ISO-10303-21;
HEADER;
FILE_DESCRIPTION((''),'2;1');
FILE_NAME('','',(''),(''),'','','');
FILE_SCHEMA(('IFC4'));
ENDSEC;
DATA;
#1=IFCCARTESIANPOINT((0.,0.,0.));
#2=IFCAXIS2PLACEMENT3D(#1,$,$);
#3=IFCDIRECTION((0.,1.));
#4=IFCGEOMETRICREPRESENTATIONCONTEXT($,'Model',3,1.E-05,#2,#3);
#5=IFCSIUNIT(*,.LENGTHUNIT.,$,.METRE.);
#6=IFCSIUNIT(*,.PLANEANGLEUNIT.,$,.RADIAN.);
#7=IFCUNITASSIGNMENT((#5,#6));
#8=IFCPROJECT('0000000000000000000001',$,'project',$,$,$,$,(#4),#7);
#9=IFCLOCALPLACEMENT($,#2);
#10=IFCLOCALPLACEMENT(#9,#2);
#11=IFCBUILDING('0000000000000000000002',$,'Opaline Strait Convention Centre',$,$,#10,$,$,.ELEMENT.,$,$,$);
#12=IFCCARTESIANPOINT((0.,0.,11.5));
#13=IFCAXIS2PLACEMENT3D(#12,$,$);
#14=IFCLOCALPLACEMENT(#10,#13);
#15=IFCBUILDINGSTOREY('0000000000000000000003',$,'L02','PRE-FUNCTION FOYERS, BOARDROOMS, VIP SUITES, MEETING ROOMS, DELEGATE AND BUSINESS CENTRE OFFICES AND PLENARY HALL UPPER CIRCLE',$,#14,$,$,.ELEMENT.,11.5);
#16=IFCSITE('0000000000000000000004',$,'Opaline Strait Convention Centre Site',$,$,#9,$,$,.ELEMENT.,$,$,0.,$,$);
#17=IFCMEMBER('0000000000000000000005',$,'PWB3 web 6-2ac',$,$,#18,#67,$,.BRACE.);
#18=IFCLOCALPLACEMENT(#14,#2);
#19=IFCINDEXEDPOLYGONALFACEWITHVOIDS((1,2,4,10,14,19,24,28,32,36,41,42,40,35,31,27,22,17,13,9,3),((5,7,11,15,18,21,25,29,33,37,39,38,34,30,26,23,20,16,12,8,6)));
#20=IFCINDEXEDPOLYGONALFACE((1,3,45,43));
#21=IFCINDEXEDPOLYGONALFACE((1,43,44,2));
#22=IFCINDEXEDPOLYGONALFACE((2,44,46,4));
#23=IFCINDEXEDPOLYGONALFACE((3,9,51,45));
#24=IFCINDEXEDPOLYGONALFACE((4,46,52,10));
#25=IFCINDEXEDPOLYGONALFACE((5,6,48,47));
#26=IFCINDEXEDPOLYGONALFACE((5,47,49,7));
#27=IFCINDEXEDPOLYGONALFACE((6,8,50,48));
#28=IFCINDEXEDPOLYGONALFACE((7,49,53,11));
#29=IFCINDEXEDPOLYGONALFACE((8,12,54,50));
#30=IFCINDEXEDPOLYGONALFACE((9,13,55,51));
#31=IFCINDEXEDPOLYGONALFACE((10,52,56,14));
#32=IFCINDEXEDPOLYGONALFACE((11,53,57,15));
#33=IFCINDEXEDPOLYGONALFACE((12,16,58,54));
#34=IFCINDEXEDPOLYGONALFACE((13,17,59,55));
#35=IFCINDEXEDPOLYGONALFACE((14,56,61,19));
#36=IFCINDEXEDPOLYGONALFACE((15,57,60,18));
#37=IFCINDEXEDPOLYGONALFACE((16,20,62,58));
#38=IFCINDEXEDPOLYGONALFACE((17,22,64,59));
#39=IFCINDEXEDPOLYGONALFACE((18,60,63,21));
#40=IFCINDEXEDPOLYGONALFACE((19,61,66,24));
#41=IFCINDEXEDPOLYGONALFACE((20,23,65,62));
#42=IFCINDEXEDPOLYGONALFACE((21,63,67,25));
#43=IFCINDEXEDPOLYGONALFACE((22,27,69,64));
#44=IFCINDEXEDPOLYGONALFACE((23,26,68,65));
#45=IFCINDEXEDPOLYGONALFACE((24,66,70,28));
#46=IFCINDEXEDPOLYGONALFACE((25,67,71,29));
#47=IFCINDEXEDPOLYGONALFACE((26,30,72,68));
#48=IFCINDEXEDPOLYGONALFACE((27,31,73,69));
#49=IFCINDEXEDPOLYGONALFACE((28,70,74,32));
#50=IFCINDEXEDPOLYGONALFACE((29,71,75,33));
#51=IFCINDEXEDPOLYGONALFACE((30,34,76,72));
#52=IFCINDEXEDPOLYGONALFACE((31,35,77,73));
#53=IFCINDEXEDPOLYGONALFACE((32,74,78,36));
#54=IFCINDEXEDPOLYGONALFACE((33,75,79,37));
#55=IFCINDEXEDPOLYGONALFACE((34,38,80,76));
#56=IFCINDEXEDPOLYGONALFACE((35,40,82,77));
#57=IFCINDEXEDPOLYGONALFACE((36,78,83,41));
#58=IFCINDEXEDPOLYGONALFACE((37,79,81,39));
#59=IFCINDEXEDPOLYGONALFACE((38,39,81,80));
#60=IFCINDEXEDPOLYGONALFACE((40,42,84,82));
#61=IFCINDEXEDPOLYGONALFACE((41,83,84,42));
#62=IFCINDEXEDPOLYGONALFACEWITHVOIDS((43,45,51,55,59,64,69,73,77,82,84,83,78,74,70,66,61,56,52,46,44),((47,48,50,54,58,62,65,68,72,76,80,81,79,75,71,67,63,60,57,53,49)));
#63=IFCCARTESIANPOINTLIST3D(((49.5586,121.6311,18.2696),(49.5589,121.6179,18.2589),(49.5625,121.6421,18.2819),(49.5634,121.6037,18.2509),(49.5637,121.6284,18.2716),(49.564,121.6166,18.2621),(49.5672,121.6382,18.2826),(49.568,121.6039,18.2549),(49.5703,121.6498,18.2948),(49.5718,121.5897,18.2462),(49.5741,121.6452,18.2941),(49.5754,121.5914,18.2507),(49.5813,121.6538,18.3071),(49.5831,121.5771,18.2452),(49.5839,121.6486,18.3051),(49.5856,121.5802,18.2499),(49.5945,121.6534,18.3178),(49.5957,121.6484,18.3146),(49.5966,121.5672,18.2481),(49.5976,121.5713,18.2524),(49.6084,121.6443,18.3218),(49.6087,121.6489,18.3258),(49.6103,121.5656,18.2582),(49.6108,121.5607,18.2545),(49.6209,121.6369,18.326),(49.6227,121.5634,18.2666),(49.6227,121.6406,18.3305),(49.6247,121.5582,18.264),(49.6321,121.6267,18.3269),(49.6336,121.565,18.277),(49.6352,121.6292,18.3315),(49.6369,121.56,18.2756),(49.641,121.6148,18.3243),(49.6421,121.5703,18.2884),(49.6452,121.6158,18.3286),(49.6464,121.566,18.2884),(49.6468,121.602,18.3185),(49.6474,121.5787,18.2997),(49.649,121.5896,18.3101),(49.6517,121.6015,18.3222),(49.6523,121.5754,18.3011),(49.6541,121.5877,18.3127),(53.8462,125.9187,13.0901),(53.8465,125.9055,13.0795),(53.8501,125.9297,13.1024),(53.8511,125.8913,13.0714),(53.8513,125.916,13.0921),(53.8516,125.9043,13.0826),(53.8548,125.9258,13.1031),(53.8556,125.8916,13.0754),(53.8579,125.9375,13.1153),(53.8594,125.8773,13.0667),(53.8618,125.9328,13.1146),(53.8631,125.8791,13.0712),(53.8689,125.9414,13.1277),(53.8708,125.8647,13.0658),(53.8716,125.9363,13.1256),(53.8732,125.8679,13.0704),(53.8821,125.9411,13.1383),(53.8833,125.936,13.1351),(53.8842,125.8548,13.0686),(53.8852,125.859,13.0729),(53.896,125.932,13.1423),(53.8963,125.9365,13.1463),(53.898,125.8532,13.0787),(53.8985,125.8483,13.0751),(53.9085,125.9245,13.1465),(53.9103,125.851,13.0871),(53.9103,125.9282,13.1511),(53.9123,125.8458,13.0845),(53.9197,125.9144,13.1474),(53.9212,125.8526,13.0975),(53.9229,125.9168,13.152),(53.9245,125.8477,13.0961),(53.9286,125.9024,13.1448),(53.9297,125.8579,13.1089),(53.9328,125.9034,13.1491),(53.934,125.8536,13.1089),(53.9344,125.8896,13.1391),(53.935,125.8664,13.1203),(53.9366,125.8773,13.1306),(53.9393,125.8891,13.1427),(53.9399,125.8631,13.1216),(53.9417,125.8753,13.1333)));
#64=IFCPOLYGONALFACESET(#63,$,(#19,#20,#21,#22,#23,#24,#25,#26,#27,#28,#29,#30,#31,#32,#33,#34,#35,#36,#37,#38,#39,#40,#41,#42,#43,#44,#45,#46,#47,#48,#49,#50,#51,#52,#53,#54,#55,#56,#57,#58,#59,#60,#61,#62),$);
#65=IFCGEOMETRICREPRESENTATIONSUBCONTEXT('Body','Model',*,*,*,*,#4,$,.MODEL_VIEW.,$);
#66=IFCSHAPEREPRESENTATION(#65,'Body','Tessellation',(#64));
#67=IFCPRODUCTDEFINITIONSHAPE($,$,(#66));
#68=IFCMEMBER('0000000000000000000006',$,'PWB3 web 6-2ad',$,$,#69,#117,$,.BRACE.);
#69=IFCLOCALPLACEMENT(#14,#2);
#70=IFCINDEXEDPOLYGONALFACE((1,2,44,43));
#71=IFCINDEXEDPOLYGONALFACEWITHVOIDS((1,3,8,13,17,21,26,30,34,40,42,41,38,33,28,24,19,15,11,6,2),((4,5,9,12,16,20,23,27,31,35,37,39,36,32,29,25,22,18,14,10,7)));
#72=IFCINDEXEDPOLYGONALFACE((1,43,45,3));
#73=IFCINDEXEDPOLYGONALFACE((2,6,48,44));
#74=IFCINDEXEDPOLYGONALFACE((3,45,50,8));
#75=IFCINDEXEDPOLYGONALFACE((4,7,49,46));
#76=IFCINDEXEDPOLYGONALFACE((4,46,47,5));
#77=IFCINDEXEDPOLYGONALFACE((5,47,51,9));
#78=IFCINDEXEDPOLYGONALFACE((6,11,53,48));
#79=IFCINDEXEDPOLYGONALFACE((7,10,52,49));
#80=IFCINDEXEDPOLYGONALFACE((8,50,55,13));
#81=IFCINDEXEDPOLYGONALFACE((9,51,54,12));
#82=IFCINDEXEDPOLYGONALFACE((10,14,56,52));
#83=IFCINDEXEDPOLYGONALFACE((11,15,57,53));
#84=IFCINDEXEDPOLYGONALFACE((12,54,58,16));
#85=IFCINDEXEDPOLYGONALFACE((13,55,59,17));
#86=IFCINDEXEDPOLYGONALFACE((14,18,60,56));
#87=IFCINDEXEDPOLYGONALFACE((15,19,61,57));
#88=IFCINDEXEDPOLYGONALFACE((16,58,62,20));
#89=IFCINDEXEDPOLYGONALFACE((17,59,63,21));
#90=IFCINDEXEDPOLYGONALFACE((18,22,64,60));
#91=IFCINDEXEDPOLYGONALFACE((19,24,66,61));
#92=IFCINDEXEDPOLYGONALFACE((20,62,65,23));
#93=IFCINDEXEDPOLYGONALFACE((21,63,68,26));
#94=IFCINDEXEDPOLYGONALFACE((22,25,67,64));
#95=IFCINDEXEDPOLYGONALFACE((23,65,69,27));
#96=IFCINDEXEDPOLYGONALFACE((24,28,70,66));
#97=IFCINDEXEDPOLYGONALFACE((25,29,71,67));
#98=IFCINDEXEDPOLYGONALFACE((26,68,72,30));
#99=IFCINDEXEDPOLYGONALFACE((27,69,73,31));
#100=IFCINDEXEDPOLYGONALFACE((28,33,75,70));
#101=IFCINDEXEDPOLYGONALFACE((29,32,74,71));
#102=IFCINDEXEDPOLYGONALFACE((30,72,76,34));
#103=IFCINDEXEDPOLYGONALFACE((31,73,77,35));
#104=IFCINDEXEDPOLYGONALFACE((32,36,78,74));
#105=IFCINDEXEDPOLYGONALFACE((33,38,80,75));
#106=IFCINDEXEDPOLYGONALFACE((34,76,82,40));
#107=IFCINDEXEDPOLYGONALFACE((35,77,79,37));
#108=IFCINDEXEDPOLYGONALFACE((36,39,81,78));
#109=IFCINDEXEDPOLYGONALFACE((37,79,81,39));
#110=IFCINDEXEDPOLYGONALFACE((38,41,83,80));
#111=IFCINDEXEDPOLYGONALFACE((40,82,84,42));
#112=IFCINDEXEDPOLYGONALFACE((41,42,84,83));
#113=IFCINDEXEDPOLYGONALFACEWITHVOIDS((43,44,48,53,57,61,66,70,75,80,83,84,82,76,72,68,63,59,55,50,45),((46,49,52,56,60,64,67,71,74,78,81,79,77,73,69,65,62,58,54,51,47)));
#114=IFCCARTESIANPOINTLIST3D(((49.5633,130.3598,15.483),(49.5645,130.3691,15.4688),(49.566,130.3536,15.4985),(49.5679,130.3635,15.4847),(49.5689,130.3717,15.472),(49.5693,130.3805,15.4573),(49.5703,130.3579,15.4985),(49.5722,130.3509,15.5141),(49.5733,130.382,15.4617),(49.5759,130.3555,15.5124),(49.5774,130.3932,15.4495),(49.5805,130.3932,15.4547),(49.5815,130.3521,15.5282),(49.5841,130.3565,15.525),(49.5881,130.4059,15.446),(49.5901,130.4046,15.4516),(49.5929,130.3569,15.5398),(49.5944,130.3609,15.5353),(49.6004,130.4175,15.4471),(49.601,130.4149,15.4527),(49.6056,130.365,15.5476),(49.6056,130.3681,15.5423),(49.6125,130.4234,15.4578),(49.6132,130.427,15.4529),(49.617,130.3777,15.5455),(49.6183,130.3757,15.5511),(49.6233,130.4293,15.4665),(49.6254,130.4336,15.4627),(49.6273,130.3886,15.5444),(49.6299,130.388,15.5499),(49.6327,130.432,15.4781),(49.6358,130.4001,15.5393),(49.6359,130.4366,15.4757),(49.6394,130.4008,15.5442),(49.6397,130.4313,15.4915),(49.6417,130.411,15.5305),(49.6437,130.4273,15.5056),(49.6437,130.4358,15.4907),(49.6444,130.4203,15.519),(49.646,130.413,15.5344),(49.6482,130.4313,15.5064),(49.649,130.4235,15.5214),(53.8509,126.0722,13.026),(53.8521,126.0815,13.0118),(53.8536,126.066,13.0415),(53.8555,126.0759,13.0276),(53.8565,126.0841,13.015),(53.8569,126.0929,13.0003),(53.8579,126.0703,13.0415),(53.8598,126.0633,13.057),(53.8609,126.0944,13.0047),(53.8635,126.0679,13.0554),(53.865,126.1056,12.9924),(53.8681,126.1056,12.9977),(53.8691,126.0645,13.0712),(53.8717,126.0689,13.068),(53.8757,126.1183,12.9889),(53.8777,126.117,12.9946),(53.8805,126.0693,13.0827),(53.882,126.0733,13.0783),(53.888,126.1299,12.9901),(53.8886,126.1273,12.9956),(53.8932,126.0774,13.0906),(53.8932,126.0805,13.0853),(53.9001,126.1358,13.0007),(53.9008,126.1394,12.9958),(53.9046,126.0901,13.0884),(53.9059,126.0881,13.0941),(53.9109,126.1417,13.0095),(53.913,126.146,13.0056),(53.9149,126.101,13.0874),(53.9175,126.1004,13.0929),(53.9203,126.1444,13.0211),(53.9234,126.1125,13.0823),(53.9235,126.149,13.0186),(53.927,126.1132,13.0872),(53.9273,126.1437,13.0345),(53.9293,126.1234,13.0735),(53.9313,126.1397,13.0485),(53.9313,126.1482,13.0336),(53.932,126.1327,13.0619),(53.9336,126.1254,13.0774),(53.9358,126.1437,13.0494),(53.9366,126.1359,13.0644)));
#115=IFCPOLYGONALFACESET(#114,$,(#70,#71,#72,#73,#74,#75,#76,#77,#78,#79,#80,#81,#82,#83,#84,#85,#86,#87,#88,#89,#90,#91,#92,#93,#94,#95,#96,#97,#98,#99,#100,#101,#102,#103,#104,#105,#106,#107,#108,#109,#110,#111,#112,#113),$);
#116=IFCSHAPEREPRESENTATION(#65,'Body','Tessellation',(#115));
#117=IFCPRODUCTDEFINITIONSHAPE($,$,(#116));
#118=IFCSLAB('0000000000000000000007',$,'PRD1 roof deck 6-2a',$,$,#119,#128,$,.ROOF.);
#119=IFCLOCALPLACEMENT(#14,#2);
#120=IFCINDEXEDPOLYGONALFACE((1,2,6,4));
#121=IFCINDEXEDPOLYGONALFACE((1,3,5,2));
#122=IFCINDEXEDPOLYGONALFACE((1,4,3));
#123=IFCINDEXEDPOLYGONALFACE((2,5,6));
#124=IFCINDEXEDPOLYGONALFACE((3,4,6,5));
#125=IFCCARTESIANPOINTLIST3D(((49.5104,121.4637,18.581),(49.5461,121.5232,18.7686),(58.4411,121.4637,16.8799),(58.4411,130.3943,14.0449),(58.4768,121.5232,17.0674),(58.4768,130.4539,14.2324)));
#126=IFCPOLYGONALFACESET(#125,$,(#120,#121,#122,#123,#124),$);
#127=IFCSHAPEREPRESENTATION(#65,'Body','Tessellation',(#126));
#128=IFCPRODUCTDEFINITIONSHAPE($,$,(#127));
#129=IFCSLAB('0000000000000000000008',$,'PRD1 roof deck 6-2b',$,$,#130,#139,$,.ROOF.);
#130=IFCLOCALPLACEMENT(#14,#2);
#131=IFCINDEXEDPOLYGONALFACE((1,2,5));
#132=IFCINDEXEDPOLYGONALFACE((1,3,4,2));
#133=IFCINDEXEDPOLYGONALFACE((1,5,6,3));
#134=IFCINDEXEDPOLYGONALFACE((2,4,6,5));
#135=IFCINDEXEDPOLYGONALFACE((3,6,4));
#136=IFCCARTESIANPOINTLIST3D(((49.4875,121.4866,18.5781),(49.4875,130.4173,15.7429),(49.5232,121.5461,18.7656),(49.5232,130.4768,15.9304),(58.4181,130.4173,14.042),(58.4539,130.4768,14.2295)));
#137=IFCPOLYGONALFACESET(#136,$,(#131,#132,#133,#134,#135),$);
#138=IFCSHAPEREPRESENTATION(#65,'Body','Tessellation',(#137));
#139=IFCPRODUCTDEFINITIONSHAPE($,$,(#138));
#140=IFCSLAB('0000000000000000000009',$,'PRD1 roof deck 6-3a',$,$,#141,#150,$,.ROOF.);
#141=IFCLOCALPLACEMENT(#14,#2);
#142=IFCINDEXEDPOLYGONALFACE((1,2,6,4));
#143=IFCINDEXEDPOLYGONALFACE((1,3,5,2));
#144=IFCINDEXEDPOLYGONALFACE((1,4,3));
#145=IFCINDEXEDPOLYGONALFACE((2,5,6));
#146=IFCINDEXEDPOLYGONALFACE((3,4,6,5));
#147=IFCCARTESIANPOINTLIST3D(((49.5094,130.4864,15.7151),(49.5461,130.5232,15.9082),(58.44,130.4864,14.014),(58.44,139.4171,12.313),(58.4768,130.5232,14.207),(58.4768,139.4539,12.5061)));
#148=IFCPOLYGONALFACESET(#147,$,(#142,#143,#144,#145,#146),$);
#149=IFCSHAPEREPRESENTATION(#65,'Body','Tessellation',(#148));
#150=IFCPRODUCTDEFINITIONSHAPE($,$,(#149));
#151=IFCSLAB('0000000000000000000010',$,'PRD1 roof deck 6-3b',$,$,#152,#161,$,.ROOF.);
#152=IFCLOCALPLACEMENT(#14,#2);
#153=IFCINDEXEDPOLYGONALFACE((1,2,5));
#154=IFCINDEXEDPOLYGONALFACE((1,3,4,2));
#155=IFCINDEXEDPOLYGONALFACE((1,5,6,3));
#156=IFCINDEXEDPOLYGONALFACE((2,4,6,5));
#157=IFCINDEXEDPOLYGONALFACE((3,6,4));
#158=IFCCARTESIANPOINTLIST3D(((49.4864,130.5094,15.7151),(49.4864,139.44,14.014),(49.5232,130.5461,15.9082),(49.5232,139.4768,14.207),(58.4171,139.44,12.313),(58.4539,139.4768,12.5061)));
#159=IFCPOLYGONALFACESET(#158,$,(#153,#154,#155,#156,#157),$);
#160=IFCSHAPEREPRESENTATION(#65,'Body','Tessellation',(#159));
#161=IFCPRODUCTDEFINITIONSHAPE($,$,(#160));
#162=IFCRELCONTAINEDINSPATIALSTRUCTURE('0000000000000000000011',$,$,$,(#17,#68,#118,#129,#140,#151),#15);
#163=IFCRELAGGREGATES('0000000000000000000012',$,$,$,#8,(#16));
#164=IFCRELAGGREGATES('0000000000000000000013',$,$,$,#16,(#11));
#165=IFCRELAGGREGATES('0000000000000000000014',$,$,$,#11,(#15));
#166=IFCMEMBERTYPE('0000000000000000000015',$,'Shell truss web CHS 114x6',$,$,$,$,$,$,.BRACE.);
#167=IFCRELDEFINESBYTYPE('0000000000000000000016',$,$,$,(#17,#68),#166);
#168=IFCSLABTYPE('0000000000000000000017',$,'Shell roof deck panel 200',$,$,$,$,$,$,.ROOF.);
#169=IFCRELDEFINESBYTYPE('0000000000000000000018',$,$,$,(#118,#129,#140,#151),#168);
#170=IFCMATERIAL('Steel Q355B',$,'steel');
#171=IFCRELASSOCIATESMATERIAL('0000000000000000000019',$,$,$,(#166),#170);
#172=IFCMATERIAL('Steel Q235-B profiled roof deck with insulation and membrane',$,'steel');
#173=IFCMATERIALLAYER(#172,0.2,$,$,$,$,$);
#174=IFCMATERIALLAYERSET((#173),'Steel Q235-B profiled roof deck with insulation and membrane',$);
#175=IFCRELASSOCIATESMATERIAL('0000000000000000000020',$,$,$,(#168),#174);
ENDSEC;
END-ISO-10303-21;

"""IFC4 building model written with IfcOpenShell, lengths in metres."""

from ifc_helpers import new_model, si_unit, direction, frame, origin, origin_2d, place, context, subcontext, project, spatial, polyline, hollow_circle, outline, extrude, material, layer, layer_set, material_profile, profile_set, type_object, element, save


model = new_model("IFC4")

# Units and contexts
model_context = context("Model", 3, precision=1e-05, world=origin(), true_north=direction((0.0, 1.0)))
body_context = subcontext(model_context, "Body", "Model", "MODEL_VIEW")
ifc_project = project(units=[si_unit("LENGTHUNIT", "METRE"), si_unit("PLANEANGLEUNIT", "RADIAN")], contexts=[model_context])

# Site, building, storey
site_placement = place(None, origin())
site = spatial("IfcSite", under=ifc_project, at=site_placement, Name="Opaline Strait Convention Centre Site", CompositionType="ELEMENT", RefElevation=0.0)
building_placement = place(site_placement, origin())
building = spatial("IfcBuilding", under=site, at=building_placement, Name="Opaline Strait Convention Centre", CompositionType="ELEMENT")
storey_placement = place(building_placement, frame((0.0, 0.0, 11.5)))
storey = spatial("IfcBuildingStorey", under=building, at=storey_placement, Name="L02", Description="PRE-FUNCTION FOYERS, BOARDROOMS, VIP SUITES, MEETING ROOMS, DELEGATE AND BUSINESS CENTRE OFFICES AND PLENARY HALL UPPER CIRCLE", CompositionType="ELEMENT", Elevation=11.5)

# Members
ifc_material_1 = material(Name="Steel Q355B", Category="steel")
ifc_material_profile_1 = material_profile(ifc_material_1, hollow_circle(Radius=0.0569, WallThickness=0.0061, at=origin_2d()), Name="CHS 114x6")
ifc_profile_set_1 = profile_set([ifc_material_profile_1], Name="Steel Q355B")
member_type_1 = type_object("IfcMemberType", Name="Shell truss web CHS 114x6", PredefinedType="BRACE", material=ifc_profile_set_1)
member_1_placement = place(storey_placement, frame((53.8938, 125.8938, 13.1089), z_axis=(-0.537659, -0.537659, 0.649496), x_axis=(0.707107, -0.707107, 0.0)))
element("IfcMember", 1, at=member_1_placement, inside=storey, type_object=member_type_1, Name="PWB3 web 6-2ac", PredefinedType="BRACE", context=body_context, shape_type="SweptSolid", body=[
    extrude(hollow_circle(Radius=0.0569, WallThickness=0.0061, at=origin_2d()), origin(), (0.0, 0.0, 1.0), 7.9746),
])
member_2_placement = place(storey_placement, frame((53.8938, 126.1062, 13.0415), z_axis=(-0.655348, 0.655348, 0.375551), x_axis=(-0.707107, -0.707107, 0.0)))
element("IfcMember", 2, at=member_2_placement, inside=storey, type_object=member_type_1, Name="PWB3 web 6-2ad", PredefinedType="BRACE", context=body_context, shape_type="SweptSolid", body=[
    extrude(hollow_circle(Radius=0.0569, WallThickness=0.0061, at=origin_2d()), origin(), (0.0, 0.0, 1.0), 6.5425),
])

# Slabs
ifc_material_2 = material(Name="Steel Q235-B profiled roof deck with insulation and membrane", Category="steel")
ifc_layer = layer(ifc_material_2, 0.2)
ifc_layer_set = layer_set([ifc_layer], Name="Steel Q235-B profiled roof deck with insulation and membrane")
slab_type = type_object("IfcSlabType", Name="Shell roof deck panel 200", PredefinedType="ROOF", material=ifc_layer_set)
slab_1_placement = place(storey_placement, frame((49.5461, 121.5232, 18.7686), z_axis=(0.178638, 0.297696, 0.937798), x_axis=(0.982337, 0.0, -0.187122)))
element("IfcSlab", 3, at=slab_1_placement, inside=storey, type_object=slab_type, Name="PRD1 roof deck 6-2a", PredefinedType="ROOF", context=body_context, shape_type="SweptSolid", body=[
    extrude(outline(polyline([(0.0, 0.0), (9.0912, 0.0), (9.6217, 9.3548), (0.0, 0.0)])), origin(), (0.0, 0.0, -1.0), 0.2),
])
slab_2_placement = place(storey_placement, frame((49.5232, 121.5461, 18.7656), z_axis=(0.178612, 0.297721, 0.937795), x_axis=(0.665486, 0.665486, -0.338019)))
element("IfcSlab", 4, at=slab_2_placement, inside=storey, type_object=slab_type, Name="PRD1 roof deck 6-2b", PredefinedType="ROOF", context=body_context, shape_type="SweptSolid", body=[
    extrude(outline(polyline([(0.0, 0.0), (13.4198, 0.0), (6.9016, 6.3375), (0.0, 0.0)])), origin(), (0.0, 0.0, -1.0), 0.2),
])
slab_3_placement = place(storey_placement, frame((49.5461, 130.5232, 15.9082), z_axis=(0.18393, 0.183904, 0.965582), x_axis=(0.982337, 0.0, -0.187122)))
element("IfcSlab", 5, at=slab_3_placement, inside=storey, type_object=slab_type, Name="PRD1 roof deck 6-3a", PredefinedType="ROOF", context=body_context, shape_type="SweptSolid", body=[
    extrude(outline(polyline([(0.0, 0.0), (9.0912, 0.0), (9.4095, 9.0856), (0.0, 0.0)])), origin(), (0.0, 0.0, -1.0), 0.2),
])
slab_4_placement = place(storey_placement, frame((49.5232, 130.5461, 15.9082), z_axis=(0.183904, 0.18393, 0.965582), x_axis=(0.68277, 0.68277, -0.260098)))
element("IfcSlab", 6, at=slab_4_placement, inside=storey, type_object=slab_type, Name="PRD1 roof deck 6-3b", PredefinedType="ROOF", context=body_context, shape_type="SweptSolid", body=[
    extrude(outline(polyline([(0.0, 0.0), (13.0801, 0.0), (6.5401, 6.3149), (0.0, 0.0)])), origin(), (0.0, 0.0, -1.0), 0.2),
])

save(model, "model.ifc")
